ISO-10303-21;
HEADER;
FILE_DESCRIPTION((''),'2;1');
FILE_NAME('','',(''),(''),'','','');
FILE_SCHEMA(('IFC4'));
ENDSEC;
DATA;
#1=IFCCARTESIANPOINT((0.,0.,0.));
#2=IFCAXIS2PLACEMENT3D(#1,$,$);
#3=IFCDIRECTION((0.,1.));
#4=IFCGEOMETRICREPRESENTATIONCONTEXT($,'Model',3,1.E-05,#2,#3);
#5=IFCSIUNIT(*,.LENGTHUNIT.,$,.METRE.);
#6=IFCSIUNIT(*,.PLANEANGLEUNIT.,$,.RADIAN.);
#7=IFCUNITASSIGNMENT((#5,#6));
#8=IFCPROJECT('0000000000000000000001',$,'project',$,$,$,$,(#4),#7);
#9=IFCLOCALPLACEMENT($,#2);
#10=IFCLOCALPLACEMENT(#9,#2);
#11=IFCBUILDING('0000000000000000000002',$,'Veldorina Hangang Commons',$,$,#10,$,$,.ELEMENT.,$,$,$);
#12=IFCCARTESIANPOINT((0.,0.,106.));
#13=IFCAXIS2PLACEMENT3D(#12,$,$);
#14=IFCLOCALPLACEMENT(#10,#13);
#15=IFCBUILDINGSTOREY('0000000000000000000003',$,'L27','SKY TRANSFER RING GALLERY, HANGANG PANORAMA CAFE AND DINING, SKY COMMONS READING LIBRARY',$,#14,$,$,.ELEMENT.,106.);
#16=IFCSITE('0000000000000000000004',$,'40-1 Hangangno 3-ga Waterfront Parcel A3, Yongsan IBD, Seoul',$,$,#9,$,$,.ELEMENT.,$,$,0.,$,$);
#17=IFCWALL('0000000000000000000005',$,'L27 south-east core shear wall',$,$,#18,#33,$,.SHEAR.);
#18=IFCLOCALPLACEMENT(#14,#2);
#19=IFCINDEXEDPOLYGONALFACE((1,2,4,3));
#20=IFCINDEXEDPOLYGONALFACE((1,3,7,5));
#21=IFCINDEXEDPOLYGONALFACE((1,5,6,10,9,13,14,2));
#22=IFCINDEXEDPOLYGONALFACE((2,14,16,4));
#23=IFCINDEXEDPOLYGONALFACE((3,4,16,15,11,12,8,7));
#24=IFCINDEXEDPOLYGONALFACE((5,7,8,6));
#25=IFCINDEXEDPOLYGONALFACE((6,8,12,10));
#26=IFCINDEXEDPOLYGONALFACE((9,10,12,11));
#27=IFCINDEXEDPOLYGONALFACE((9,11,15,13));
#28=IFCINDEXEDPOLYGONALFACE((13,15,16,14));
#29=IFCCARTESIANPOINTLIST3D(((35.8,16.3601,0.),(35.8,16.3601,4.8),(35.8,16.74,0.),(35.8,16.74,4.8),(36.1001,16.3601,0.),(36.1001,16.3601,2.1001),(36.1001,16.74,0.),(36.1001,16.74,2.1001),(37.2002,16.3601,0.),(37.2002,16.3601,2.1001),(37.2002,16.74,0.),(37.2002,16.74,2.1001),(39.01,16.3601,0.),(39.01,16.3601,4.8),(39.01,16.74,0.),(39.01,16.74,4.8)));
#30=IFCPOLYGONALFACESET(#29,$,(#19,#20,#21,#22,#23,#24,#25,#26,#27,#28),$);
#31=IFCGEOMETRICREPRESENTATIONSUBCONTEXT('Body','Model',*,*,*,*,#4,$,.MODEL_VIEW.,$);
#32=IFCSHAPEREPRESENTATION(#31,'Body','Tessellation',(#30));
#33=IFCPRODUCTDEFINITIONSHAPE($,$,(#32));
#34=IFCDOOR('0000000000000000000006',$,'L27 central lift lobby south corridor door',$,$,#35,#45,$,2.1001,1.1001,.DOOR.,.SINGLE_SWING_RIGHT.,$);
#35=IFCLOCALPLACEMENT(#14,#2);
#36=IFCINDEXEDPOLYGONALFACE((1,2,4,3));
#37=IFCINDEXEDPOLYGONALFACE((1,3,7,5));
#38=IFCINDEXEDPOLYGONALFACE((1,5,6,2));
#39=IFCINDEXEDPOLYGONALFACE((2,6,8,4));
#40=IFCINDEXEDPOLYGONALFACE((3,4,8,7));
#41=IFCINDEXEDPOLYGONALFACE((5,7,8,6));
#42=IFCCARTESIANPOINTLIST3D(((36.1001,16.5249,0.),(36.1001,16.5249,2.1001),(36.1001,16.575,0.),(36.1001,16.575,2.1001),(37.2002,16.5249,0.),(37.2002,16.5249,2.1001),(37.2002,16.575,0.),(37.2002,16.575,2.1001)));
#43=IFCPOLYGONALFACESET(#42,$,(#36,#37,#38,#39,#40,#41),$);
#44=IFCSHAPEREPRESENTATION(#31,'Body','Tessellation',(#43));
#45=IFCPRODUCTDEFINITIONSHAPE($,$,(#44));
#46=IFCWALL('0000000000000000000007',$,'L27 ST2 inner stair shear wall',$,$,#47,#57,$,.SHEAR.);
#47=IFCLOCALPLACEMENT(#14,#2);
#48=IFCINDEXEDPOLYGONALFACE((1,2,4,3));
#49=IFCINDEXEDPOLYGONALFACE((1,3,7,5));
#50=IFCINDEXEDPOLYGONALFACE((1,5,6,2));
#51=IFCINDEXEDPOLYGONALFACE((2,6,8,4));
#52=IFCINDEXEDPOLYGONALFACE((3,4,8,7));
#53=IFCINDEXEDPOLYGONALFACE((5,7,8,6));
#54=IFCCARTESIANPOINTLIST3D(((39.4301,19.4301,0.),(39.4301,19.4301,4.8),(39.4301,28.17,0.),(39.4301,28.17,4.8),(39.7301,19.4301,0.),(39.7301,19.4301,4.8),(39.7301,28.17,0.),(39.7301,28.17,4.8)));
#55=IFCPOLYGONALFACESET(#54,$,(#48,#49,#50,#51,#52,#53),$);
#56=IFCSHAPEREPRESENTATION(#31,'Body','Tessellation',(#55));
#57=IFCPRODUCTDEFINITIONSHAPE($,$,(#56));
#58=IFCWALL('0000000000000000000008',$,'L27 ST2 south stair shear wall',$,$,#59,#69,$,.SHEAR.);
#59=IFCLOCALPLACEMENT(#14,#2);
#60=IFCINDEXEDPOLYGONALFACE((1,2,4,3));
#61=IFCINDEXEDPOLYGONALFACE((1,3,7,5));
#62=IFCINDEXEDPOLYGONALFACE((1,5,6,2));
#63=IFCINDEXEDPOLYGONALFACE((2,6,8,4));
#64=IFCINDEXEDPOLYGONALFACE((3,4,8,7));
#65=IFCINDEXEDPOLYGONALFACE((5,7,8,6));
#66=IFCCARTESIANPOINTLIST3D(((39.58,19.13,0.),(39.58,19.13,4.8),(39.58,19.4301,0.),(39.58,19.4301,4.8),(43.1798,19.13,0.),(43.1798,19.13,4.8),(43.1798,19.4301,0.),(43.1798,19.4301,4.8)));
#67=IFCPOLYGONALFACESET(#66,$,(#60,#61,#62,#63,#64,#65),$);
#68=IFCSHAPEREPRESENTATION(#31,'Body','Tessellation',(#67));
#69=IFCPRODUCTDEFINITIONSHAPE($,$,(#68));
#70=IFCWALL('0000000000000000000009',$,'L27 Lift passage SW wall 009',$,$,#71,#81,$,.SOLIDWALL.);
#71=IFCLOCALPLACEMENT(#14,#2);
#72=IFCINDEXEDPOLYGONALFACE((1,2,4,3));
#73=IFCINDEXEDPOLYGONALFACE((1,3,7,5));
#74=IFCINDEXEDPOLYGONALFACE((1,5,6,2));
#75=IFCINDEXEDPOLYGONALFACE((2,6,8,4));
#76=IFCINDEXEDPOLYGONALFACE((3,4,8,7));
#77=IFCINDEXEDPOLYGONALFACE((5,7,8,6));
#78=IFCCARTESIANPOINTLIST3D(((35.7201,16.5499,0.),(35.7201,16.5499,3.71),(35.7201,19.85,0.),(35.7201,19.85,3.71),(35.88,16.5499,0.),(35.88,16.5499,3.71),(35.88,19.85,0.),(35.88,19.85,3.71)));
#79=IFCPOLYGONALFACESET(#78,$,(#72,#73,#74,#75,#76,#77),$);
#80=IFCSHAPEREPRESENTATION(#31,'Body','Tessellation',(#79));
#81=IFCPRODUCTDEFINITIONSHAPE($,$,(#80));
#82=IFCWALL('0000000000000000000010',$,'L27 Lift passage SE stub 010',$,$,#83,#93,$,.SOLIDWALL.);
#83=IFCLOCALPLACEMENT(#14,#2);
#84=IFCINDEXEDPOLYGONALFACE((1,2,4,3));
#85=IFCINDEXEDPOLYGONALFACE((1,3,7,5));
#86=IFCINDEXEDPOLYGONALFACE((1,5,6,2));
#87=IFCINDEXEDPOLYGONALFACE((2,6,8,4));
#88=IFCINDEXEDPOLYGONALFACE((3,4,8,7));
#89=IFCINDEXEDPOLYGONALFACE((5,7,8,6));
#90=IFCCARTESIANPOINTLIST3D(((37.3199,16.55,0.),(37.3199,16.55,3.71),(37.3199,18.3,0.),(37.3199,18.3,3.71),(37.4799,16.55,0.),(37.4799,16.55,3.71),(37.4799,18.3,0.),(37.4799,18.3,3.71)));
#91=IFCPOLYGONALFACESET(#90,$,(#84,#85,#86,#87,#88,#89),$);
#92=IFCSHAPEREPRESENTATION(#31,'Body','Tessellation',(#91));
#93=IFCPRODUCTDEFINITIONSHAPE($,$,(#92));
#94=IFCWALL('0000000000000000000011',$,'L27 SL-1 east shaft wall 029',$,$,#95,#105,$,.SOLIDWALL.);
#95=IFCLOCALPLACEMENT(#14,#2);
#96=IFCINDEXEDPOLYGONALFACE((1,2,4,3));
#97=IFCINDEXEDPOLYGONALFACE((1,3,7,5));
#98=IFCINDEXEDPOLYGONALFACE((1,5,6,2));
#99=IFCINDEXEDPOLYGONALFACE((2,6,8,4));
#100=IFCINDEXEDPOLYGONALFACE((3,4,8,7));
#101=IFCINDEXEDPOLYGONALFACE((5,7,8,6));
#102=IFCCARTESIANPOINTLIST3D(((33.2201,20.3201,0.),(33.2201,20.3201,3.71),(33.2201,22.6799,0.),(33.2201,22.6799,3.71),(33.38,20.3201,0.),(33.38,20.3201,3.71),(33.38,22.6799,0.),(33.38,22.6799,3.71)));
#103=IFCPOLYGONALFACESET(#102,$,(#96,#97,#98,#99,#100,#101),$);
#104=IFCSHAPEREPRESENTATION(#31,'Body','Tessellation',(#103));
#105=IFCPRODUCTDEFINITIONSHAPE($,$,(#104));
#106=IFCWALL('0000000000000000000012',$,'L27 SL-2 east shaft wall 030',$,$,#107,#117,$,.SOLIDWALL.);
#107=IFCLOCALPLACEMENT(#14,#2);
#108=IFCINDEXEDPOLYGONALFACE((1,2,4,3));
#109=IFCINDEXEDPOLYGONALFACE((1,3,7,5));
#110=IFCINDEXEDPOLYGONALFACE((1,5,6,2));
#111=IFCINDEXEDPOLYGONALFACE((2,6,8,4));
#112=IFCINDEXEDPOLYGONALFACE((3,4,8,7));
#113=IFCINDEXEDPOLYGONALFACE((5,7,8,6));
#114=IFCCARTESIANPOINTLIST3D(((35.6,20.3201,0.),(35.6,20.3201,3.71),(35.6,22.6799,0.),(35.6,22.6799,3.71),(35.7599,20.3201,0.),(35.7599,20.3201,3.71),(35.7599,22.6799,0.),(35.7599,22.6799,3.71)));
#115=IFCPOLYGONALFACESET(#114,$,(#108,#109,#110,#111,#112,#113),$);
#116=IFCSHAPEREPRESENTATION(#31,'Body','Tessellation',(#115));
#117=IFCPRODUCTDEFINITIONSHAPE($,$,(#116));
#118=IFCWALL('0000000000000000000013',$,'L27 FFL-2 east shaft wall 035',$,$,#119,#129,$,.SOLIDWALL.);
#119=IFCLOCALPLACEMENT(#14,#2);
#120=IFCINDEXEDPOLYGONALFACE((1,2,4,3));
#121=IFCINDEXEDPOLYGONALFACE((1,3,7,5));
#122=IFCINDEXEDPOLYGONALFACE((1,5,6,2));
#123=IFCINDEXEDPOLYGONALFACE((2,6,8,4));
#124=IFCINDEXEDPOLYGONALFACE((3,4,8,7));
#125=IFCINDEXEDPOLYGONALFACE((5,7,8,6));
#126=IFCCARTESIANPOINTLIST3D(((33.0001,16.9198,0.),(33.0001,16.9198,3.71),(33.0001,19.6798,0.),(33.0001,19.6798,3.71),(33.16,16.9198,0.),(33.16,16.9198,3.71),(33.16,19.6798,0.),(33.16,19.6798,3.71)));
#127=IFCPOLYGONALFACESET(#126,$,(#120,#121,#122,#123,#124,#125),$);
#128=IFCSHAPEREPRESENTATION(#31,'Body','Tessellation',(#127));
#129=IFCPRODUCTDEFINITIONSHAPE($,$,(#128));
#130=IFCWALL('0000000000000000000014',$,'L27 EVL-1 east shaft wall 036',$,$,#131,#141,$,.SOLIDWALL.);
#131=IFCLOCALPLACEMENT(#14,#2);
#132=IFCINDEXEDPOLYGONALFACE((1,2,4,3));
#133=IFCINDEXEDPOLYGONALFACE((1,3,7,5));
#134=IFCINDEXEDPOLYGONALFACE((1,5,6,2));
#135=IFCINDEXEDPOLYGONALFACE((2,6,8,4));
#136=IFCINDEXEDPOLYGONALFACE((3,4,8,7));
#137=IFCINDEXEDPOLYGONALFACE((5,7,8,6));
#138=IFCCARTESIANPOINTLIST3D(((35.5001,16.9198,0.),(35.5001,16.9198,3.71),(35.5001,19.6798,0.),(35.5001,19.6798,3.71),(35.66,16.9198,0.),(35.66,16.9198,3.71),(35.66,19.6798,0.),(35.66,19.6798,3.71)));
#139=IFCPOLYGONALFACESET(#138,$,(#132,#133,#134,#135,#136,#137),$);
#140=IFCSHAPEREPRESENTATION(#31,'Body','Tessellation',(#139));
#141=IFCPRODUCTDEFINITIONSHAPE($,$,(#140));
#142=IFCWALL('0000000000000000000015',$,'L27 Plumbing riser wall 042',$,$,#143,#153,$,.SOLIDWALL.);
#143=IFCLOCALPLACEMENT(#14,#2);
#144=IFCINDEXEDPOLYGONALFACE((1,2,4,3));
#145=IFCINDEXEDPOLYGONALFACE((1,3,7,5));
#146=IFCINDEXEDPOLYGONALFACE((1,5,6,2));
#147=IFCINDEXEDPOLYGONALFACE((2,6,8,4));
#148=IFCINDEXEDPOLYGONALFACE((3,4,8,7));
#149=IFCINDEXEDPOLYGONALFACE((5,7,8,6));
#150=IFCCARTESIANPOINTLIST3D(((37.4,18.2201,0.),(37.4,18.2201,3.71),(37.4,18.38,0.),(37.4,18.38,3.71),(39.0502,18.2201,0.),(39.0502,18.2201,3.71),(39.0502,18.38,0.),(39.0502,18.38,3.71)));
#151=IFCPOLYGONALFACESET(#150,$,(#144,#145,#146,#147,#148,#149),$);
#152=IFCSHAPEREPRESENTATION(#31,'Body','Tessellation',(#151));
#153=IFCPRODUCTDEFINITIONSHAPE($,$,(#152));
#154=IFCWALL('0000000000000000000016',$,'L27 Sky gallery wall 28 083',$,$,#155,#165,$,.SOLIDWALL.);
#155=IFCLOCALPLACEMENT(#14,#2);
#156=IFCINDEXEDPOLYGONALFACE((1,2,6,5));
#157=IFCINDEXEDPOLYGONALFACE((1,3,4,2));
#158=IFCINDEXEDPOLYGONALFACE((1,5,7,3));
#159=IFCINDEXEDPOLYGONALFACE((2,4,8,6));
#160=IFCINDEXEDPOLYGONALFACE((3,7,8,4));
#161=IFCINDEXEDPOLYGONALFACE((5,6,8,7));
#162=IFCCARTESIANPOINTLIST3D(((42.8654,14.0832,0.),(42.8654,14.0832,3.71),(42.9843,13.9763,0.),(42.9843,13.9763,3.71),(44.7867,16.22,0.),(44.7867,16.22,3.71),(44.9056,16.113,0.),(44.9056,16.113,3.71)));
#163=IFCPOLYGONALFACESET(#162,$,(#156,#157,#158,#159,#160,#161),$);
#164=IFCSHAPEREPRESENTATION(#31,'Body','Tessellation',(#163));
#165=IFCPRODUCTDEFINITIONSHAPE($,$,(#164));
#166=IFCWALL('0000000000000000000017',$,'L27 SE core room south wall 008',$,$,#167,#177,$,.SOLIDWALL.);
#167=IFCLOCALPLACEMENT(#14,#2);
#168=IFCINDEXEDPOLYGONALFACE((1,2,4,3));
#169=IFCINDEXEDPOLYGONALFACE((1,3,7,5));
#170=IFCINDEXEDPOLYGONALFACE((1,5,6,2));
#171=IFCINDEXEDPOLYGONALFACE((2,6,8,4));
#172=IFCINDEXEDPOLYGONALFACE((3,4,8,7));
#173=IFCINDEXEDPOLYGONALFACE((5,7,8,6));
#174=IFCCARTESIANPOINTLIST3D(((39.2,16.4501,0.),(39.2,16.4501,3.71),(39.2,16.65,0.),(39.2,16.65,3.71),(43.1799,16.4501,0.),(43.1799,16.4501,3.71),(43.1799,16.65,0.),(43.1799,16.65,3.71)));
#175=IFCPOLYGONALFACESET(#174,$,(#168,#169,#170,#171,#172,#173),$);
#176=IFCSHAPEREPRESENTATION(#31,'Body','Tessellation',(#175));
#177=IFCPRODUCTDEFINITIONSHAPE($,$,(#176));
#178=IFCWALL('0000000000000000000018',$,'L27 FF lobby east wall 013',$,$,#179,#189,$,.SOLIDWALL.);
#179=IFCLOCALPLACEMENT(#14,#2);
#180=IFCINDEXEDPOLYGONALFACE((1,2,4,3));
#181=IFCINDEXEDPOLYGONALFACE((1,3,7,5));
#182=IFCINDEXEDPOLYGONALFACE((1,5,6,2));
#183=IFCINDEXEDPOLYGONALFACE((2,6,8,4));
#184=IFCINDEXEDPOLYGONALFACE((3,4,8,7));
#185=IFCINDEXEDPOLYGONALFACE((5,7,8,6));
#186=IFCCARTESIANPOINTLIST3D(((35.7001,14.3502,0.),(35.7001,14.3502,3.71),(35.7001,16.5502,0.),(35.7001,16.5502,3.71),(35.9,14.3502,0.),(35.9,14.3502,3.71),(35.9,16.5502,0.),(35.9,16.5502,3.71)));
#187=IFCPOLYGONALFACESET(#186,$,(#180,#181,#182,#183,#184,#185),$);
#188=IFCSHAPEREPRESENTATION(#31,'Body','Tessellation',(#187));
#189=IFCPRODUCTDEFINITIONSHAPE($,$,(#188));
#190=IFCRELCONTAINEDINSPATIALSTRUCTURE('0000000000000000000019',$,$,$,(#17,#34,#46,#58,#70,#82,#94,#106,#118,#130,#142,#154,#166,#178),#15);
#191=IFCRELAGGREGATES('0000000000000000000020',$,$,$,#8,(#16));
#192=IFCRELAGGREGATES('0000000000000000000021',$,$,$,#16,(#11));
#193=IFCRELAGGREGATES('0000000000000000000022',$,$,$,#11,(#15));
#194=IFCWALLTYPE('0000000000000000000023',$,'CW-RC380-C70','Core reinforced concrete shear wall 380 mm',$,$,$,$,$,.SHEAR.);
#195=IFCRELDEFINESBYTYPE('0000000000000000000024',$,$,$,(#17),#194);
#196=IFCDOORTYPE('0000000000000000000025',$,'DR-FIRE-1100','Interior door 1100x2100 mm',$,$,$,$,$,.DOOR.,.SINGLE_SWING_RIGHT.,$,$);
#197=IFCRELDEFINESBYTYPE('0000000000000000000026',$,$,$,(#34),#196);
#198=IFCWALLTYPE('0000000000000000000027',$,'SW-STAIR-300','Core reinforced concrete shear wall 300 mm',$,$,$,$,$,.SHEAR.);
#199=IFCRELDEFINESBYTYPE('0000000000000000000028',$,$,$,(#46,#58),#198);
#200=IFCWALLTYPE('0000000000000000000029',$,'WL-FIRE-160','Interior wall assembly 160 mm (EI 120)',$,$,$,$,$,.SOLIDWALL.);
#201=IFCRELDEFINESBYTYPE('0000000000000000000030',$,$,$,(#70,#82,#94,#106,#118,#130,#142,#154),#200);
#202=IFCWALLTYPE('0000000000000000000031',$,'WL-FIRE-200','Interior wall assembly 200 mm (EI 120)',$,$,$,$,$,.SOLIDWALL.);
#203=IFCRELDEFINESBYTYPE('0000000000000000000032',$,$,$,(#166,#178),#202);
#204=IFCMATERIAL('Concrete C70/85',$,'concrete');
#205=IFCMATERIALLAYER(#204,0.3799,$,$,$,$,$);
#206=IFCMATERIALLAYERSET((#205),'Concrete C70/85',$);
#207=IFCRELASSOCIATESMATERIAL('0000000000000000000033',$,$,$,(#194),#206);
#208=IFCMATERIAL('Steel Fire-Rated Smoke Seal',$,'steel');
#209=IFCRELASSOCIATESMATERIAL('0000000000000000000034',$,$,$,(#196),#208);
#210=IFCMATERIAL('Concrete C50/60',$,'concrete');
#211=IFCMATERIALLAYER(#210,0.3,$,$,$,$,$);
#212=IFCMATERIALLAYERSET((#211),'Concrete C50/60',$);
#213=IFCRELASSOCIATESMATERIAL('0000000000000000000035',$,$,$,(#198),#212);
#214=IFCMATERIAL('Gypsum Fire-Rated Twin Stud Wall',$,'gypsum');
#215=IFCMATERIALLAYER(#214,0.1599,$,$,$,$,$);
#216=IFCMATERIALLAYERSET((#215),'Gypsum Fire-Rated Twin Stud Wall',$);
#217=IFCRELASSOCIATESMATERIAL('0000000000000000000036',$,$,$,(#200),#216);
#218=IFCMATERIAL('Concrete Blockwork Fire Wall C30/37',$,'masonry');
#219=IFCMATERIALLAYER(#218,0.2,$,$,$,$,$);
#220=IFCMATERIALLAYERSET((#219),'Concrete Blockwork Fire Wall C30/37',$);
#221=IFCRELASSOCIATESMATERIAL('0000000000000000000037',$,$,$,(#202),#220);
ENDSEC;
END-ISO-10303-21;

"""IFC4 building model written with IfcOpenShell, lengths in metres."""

from ifc_helpers import new_model, si_unit, direction, frame, frame_2d, origin, place, context, subcontext, project, spatial, rectangle, extrude, material, layer, layer_set, type_object, element, fill, save


model = new_model("IFC4")

# Units and contexts
model_context = context("Model", 3, precision=1e-05, world=origin(), true_north=direction((0.0, 1.0)))
body_context = subcontext(model_context, "Body", "Model", "MODEL_VIEW")
ifc_project = project(units=[si_unit("LENGTHUNIT", "METRE"), si_unit("PLANEANGLEUNIT", "RADIAN")], contexts=[model_context])

# Site, building, storey
site_placement = place(None, origin())
site = spatial("IfcSite", under=ifc_project, at=site_placement, Name="40-1 Hangangno 3-ga Waterfront Parcel A3, Yongsan IBD, Seoul", CompositionType="ELEMENT", RefElevation=0.0)
building_placement = place(site_placement, origin())
building = spatial("IfcBuilding", under=site, at=building_placement, Name="Veldorina Hangang Commons", CompositionType="ELEMENT")
storey_placement = place(building_placement, frame((0.0, 0.0, 106.0)))
storey = spatial("IfcBuildingStorey", under=building, at=storey_placement, Name="L27", Description="SKY TRANSFER RING GALLERY, HANGANG PANORAMA CAFE AND DINING, SKY COMMONS READING LIBRARY", CompositionType="ELEMENT", Elevation=106.0)

# Shared definitions
ifc_material_1 = material(Name="Concrete C70/85", Category="concrete")

# Shared definitions
ifc_layer_1 = layer(ifc_material_1, 0.3799)
ifc_layer_set_1 = layer_set([ifc_layer_1], Name="Concrete C70/85")
wall_type_1 = type_object("IfcWallType", Name="CW-RC380-C70", Description="Core reinforced concrete shear wall 380 mm", PredefinedType="SHEAR", material=ifc_layer_set_1)

# Wall, opening, door
wall_1_placement = place(storey_placement, frame((35.8, 16.55, 0.0), z_axis=(0.0, 0.0, 1.0), x_axis=(1.0, 0.0, 0.0)))
wall_1 = element("IfcWall", 1, at=wall_1_placement, inside=storey, type_object=wall_type_1, Name="L27 south-east core shear wall", PredefinedType="SHEAR", context=body_context, shape_type="SweptSolid", body=[
    extrude(rectangle(XDim=3.21, YDim=0.3799, at=frame_2d((1.605, 0.0))), origin(), (0.0, 0.0, 1.0), 4.8),
])
opening_1_placement = place(wall_1_placement, frame((0.3, 0.0, 0.0)))
opening_1 = element("IfcOpeningElement", 2, at=opening_1_placement, cuts=wall_1, PredefinedType="OPENING", context=body_context, shape_type="SweptSolid", body=[
    extrude(rectangle(XDim=1.1001, YDim=2.1001, at=frame_2d((0.55, 1.05))), frame((0.0, 0.2, 0.0), z_axis=(0.0, -1.0, 0.0), x_axis=(1.0, 0.0, 0.0)), (0.0, 0.0, 1.0), 0.3999),
])
ifc_material_2 = material(Name="Steel Fire-Rated Smoke Seal", Category="steel")
door_type_1 = type_object("IfcDoorType", Name="DR-FIRE-1100", Description="Interior door 1100x2100 mm", OperationType="SINGLE_SWING_RIGHT", PredefinedType="DOOR", material=ifc_material_2)
door_1_placement = place(opening_1_placement, origin())
door_1 = element("IfcDoor", 3, at=door_1_placement, inside=storey, type_object=door_type_1, Name="L27 central lift lobby south corridor door", OperationType="SINGLE_SWING_RIGHT", OverallHeight=2.1001, OverallWidth=1.1001, PredefinedType="DOOR", context=body_context, shape_type="SweptSolid", body=[
    extrude(rectangle(XDim=1.1001, YDim=2.1001, at=frame_2d((0.55, 1.05))), frame((0.0, 0.0249, 0.0), z_axis=(0.0, -1.0, 0.0), x_axis=(1.0, 0.0, 0.0)), (0.0, 0.0, 1.0), 0.05),
])
fill(opening_1, door_1)

# Walls
ifc_material_3 = material(Name="Concrete C50/60", Category="concrete")
ifc_layer_2 = layer(ifc_material_3, 0.3)
ifc_layer_set_2 = layer_set([ifc_layer_2], Name="Concrete C50/60")
wall_type_2 = type_object("IfcWallType", Name="SW-STAIR-300", Description="Core reinforced concrete shear wall 300 mm", PredefinedType="SHEAR", material=ifc_layer_set_2)
wall_2_placement = place(storey_placement, frame((39.5801, 19.4299, 0.0), z_axis=(0.0, 0.0, 1.0), x_axis=(0.0, 1.0, 0.0)))
element("IfcWall", 4, at=wall_2_placement, inside=storey, type_object=wall_type_2, Name="L27 ST2 inner stair shear wall", PredefinedType="SHEAR", context=body_context, shape_type="SweptSolid", body=[
    extrude(rectangle(XDim=8.74, YDim=0.3, at=frame_2d((4.3701, 0.0))), origin(), (0.0, 0.0, 1.0), 4.8),
])
wall_3_placement = place(storey_placement, frame((39.5801, 19.28, 0.0), z_axis=(0.0, 0.0, 1.0), x_axis=(1.0, 0.0, 0.0)))
element("IfcWall", 5, at=wall_3_placement, inside=storey, type_object=wall_type_2, Name="L27 ST2 south stair shear wall", PredefinedType="SHEAR", context=body_context, shape_type="SweptSolid", body=[
    extrude(rectangle(XDim=3.5999, YDim=0.3, at=frame_2d((1.7998, 0.0))), origin(), (0.0, 0.0, 1.0), 4.8),
])
ifc_material_4 = material(Name="Gypsum Fire-Rated Twin Stud Wall", Category="gypsum")
ifc_layer_3 = layer(ifc_material_4, 0.1599)
ifc_layer_set_3 = layer_set([ifc_layer_3], Name="Gypsum Fire-Rated Twin Stud Wall")
wall_type_3 = type_object("IfcWallType", Name="WL-FIRE-160", Description="Interior wall assembly 160 mm (EI 120)", PredefinedType="SOLIDWALL", material=ifc_layer_set_3)
wall_4_placement = place(storey_placement, frame((35.8, 16.55, 0.0), z_axis=(0.0, 0.0, 1.0), x_axis=(0.0, 1.0, 0.0)))
element("IfcWall", 6, at=wall_4_placement, inside=storey, type_object=wall_type_3, Name="L27 Lift passage SW wall 009", PredefinedType="SOLIDWALL", context=body_context, shape_type="SweptSolid", body=[
    extrude(rectangle(XDim=3.3, YDim=0.1599, at=frame_2d((1.6499, 0.0))), origin(), (0.0, 0.0, 1.0), 3.71),
])
wall_5_placement = place(storey_placement, frame((37.3999, 16.55, 0.0), z_axis=(0.0, 0.0, 1.0), x_axis=(0.0, 1.0, 0.0)))
element("IfcWall", 7, at=wall_5_placement, inside=storey, type_object=wall_type_3, Name="L27 Lift passage SE stub 010", PredefinedType="SOLIDWALL", context=body_context, shape_type="SweptSolid", body=[
    extrude(rectangle(XDim=1.75, YDim=0.1599, at=frame_2d((0.875, 0.0))), origin(), (0.0, 0.0, 1.0), 3.71),
])
for number, where, z_axis, x_axis, name in (
    (8, (33.3, 20.3201, 0.0), (0.0, 0.0, 1.0), (0.0, 1.0, 0.0), "L27 SL-1 east shaft wall 029"),
    (9, (35.6799, 20.3201, 0.0), (0.0, 0.0, 1.0), (0.0, 1.0, 0.0), "L27 SL-2 east shaft wall 030"),
):
    element("IfcWall", number, at=place(storey_placement, frame(where, z_axis=z_axis, x_axis=x_axis)), inside=storey, type_object=wall_type_3, Name=name, PredefinedType="SOLIDWALL", context=body_context, shape_type="SweptSolid", body=[
        extrude(rectangle(XDim=2.3599, YDim=0.1599, at=frame_2d((1.1799, 0.0))), origin(), (0.0, 0.0, 1.0), 3.71),
    ])
for number, where, z_axis, x_axis, name in (
    (10, (33.0801, 16.9199, 0.0), (0.0, 0.0, 1.0), (0.0, 1.0, 0.0), "L27 FFL-2 east shaft wall 035"),
    (11, (35.5801, 16.9199, 0.0), (0.0, 0.0, 1.0), (0.0, 1.0, 0.0), "L27 EVL-1 east shaft wall 036"),
):
    element("IfcWall", number, at=place(storey_placement, frame(where, z_axis=z_axis, x_axis=x_axis)), inside=storey, type_object=wall_type_3, Name=name, PredefinedType="SOLIDWALL", context=body_context, shape_type="SweptSolid", body=[
        extrude(rectangle(XDim=2.76, YDim=0.1599, at=frame_2d((1.3799, 0.0))), origin(), (0.0, 0.0, 1.0), 3.71),
    ])
wall_6_placement = place(storey_placement, frame((37.3999, 18.3, 0.0), z_axis=(0.0, 0.0, 1.0), x_axis=(1.0, 0.0, 0.0)))
element("IfcWall", 12, at=wall_6_placement, inside=storey, type_object=wall_type_3, Name="L27 Plumbing riser wall 042", PredefinedType="SOLIDWALL", context=body_context, shape_type="SweptSolid", body=[
    extrude(rectangle(XDim=1.6501, YDim=0.1599, at=frame_2d((0.8252, 0.0))), origin(), (0.0, 0.0, 1.0), 3.71),
])
wall_7_placement = place(storey_placement, frame((42.9248, 14.0298, 0.0), z_axis=(0.0, 0.0, 1.0), x_axis=(0.668645, 0.743581, 0.0)))
element("IfcWall", 13, at=wall_7_placement, inside=storey, type_object=wall_type_3, Name="L27 Sky gallery wall 28 083", PredefinedType="SOLIDWALL", context=body_context, shape_type="SweptSolid", body=[
    extrude(rectangle(XDim=2.8735, YDim=0.1599, at=frame_2d((1.4368, 0.0))), origin(), (0.0, 0.0, 1.0), 3.71),
])
ifc_material_5 = material(Name="Concrete Blockwork Fire Wall C30/37", Category="masonry")
ifc_layer_4 = layer(ifc_material_5, 0.2)
ifc_layer_set_4 = layer_set([ifc_layer_4], Name="Concrete Blockwork Fire Wall C30/37")
wall_type_4 = type_object("IfcWallType", Name="WL-FIRE-200", Description="Interior wall assembly 200 mm (EI 120)", PredefinedType="SOLIDWALL", material=ifc_layer_set_4)
wall_8_placement = place(storey_placement, frame((39.2, 16.55, 0.0), z_axis=(0.0, 0.0, 1.0), x_axis=(1.0, 0.0, 0.0)))
element("IfcWall", 14, at=wall_8_placement, inside=storey, type_object=wall_type_4, Name="L27 SE core room south wall 008", PredefinedType="SOLIDWALL", context=body_context, shape_type="SweptSolid", body=[
    extrude(rectangle(XDim=3.98, YDim=0.2, at=frame_2d((1.99, 0.0))), origin(), (0.0, 0.0, 1.0), 3.71),
])
wall_9_placement = place(storey_placement, frame((35.8, 14.3501, 0.0), z_axis=(0.0, 0.0, 1.0), x_axis=(0.0, 1.0, 0.0)))
element("IfcWall", 15, at=wall_9_placement, inside=storey, type_object=wall_type_4, Name="L27 FF lobby east wall 013", PredefinedType="SOLIDWALL", context=body_context, shape_type="SweptSolid", body=[
    extrude(rectangle(XDim=2.2, YDim=0.2, at=frame_2d((1.1001, 0.0))), origin(), (0.0, 0.0, 1.0), 3.71),
])

save(model, "model.ifc")
